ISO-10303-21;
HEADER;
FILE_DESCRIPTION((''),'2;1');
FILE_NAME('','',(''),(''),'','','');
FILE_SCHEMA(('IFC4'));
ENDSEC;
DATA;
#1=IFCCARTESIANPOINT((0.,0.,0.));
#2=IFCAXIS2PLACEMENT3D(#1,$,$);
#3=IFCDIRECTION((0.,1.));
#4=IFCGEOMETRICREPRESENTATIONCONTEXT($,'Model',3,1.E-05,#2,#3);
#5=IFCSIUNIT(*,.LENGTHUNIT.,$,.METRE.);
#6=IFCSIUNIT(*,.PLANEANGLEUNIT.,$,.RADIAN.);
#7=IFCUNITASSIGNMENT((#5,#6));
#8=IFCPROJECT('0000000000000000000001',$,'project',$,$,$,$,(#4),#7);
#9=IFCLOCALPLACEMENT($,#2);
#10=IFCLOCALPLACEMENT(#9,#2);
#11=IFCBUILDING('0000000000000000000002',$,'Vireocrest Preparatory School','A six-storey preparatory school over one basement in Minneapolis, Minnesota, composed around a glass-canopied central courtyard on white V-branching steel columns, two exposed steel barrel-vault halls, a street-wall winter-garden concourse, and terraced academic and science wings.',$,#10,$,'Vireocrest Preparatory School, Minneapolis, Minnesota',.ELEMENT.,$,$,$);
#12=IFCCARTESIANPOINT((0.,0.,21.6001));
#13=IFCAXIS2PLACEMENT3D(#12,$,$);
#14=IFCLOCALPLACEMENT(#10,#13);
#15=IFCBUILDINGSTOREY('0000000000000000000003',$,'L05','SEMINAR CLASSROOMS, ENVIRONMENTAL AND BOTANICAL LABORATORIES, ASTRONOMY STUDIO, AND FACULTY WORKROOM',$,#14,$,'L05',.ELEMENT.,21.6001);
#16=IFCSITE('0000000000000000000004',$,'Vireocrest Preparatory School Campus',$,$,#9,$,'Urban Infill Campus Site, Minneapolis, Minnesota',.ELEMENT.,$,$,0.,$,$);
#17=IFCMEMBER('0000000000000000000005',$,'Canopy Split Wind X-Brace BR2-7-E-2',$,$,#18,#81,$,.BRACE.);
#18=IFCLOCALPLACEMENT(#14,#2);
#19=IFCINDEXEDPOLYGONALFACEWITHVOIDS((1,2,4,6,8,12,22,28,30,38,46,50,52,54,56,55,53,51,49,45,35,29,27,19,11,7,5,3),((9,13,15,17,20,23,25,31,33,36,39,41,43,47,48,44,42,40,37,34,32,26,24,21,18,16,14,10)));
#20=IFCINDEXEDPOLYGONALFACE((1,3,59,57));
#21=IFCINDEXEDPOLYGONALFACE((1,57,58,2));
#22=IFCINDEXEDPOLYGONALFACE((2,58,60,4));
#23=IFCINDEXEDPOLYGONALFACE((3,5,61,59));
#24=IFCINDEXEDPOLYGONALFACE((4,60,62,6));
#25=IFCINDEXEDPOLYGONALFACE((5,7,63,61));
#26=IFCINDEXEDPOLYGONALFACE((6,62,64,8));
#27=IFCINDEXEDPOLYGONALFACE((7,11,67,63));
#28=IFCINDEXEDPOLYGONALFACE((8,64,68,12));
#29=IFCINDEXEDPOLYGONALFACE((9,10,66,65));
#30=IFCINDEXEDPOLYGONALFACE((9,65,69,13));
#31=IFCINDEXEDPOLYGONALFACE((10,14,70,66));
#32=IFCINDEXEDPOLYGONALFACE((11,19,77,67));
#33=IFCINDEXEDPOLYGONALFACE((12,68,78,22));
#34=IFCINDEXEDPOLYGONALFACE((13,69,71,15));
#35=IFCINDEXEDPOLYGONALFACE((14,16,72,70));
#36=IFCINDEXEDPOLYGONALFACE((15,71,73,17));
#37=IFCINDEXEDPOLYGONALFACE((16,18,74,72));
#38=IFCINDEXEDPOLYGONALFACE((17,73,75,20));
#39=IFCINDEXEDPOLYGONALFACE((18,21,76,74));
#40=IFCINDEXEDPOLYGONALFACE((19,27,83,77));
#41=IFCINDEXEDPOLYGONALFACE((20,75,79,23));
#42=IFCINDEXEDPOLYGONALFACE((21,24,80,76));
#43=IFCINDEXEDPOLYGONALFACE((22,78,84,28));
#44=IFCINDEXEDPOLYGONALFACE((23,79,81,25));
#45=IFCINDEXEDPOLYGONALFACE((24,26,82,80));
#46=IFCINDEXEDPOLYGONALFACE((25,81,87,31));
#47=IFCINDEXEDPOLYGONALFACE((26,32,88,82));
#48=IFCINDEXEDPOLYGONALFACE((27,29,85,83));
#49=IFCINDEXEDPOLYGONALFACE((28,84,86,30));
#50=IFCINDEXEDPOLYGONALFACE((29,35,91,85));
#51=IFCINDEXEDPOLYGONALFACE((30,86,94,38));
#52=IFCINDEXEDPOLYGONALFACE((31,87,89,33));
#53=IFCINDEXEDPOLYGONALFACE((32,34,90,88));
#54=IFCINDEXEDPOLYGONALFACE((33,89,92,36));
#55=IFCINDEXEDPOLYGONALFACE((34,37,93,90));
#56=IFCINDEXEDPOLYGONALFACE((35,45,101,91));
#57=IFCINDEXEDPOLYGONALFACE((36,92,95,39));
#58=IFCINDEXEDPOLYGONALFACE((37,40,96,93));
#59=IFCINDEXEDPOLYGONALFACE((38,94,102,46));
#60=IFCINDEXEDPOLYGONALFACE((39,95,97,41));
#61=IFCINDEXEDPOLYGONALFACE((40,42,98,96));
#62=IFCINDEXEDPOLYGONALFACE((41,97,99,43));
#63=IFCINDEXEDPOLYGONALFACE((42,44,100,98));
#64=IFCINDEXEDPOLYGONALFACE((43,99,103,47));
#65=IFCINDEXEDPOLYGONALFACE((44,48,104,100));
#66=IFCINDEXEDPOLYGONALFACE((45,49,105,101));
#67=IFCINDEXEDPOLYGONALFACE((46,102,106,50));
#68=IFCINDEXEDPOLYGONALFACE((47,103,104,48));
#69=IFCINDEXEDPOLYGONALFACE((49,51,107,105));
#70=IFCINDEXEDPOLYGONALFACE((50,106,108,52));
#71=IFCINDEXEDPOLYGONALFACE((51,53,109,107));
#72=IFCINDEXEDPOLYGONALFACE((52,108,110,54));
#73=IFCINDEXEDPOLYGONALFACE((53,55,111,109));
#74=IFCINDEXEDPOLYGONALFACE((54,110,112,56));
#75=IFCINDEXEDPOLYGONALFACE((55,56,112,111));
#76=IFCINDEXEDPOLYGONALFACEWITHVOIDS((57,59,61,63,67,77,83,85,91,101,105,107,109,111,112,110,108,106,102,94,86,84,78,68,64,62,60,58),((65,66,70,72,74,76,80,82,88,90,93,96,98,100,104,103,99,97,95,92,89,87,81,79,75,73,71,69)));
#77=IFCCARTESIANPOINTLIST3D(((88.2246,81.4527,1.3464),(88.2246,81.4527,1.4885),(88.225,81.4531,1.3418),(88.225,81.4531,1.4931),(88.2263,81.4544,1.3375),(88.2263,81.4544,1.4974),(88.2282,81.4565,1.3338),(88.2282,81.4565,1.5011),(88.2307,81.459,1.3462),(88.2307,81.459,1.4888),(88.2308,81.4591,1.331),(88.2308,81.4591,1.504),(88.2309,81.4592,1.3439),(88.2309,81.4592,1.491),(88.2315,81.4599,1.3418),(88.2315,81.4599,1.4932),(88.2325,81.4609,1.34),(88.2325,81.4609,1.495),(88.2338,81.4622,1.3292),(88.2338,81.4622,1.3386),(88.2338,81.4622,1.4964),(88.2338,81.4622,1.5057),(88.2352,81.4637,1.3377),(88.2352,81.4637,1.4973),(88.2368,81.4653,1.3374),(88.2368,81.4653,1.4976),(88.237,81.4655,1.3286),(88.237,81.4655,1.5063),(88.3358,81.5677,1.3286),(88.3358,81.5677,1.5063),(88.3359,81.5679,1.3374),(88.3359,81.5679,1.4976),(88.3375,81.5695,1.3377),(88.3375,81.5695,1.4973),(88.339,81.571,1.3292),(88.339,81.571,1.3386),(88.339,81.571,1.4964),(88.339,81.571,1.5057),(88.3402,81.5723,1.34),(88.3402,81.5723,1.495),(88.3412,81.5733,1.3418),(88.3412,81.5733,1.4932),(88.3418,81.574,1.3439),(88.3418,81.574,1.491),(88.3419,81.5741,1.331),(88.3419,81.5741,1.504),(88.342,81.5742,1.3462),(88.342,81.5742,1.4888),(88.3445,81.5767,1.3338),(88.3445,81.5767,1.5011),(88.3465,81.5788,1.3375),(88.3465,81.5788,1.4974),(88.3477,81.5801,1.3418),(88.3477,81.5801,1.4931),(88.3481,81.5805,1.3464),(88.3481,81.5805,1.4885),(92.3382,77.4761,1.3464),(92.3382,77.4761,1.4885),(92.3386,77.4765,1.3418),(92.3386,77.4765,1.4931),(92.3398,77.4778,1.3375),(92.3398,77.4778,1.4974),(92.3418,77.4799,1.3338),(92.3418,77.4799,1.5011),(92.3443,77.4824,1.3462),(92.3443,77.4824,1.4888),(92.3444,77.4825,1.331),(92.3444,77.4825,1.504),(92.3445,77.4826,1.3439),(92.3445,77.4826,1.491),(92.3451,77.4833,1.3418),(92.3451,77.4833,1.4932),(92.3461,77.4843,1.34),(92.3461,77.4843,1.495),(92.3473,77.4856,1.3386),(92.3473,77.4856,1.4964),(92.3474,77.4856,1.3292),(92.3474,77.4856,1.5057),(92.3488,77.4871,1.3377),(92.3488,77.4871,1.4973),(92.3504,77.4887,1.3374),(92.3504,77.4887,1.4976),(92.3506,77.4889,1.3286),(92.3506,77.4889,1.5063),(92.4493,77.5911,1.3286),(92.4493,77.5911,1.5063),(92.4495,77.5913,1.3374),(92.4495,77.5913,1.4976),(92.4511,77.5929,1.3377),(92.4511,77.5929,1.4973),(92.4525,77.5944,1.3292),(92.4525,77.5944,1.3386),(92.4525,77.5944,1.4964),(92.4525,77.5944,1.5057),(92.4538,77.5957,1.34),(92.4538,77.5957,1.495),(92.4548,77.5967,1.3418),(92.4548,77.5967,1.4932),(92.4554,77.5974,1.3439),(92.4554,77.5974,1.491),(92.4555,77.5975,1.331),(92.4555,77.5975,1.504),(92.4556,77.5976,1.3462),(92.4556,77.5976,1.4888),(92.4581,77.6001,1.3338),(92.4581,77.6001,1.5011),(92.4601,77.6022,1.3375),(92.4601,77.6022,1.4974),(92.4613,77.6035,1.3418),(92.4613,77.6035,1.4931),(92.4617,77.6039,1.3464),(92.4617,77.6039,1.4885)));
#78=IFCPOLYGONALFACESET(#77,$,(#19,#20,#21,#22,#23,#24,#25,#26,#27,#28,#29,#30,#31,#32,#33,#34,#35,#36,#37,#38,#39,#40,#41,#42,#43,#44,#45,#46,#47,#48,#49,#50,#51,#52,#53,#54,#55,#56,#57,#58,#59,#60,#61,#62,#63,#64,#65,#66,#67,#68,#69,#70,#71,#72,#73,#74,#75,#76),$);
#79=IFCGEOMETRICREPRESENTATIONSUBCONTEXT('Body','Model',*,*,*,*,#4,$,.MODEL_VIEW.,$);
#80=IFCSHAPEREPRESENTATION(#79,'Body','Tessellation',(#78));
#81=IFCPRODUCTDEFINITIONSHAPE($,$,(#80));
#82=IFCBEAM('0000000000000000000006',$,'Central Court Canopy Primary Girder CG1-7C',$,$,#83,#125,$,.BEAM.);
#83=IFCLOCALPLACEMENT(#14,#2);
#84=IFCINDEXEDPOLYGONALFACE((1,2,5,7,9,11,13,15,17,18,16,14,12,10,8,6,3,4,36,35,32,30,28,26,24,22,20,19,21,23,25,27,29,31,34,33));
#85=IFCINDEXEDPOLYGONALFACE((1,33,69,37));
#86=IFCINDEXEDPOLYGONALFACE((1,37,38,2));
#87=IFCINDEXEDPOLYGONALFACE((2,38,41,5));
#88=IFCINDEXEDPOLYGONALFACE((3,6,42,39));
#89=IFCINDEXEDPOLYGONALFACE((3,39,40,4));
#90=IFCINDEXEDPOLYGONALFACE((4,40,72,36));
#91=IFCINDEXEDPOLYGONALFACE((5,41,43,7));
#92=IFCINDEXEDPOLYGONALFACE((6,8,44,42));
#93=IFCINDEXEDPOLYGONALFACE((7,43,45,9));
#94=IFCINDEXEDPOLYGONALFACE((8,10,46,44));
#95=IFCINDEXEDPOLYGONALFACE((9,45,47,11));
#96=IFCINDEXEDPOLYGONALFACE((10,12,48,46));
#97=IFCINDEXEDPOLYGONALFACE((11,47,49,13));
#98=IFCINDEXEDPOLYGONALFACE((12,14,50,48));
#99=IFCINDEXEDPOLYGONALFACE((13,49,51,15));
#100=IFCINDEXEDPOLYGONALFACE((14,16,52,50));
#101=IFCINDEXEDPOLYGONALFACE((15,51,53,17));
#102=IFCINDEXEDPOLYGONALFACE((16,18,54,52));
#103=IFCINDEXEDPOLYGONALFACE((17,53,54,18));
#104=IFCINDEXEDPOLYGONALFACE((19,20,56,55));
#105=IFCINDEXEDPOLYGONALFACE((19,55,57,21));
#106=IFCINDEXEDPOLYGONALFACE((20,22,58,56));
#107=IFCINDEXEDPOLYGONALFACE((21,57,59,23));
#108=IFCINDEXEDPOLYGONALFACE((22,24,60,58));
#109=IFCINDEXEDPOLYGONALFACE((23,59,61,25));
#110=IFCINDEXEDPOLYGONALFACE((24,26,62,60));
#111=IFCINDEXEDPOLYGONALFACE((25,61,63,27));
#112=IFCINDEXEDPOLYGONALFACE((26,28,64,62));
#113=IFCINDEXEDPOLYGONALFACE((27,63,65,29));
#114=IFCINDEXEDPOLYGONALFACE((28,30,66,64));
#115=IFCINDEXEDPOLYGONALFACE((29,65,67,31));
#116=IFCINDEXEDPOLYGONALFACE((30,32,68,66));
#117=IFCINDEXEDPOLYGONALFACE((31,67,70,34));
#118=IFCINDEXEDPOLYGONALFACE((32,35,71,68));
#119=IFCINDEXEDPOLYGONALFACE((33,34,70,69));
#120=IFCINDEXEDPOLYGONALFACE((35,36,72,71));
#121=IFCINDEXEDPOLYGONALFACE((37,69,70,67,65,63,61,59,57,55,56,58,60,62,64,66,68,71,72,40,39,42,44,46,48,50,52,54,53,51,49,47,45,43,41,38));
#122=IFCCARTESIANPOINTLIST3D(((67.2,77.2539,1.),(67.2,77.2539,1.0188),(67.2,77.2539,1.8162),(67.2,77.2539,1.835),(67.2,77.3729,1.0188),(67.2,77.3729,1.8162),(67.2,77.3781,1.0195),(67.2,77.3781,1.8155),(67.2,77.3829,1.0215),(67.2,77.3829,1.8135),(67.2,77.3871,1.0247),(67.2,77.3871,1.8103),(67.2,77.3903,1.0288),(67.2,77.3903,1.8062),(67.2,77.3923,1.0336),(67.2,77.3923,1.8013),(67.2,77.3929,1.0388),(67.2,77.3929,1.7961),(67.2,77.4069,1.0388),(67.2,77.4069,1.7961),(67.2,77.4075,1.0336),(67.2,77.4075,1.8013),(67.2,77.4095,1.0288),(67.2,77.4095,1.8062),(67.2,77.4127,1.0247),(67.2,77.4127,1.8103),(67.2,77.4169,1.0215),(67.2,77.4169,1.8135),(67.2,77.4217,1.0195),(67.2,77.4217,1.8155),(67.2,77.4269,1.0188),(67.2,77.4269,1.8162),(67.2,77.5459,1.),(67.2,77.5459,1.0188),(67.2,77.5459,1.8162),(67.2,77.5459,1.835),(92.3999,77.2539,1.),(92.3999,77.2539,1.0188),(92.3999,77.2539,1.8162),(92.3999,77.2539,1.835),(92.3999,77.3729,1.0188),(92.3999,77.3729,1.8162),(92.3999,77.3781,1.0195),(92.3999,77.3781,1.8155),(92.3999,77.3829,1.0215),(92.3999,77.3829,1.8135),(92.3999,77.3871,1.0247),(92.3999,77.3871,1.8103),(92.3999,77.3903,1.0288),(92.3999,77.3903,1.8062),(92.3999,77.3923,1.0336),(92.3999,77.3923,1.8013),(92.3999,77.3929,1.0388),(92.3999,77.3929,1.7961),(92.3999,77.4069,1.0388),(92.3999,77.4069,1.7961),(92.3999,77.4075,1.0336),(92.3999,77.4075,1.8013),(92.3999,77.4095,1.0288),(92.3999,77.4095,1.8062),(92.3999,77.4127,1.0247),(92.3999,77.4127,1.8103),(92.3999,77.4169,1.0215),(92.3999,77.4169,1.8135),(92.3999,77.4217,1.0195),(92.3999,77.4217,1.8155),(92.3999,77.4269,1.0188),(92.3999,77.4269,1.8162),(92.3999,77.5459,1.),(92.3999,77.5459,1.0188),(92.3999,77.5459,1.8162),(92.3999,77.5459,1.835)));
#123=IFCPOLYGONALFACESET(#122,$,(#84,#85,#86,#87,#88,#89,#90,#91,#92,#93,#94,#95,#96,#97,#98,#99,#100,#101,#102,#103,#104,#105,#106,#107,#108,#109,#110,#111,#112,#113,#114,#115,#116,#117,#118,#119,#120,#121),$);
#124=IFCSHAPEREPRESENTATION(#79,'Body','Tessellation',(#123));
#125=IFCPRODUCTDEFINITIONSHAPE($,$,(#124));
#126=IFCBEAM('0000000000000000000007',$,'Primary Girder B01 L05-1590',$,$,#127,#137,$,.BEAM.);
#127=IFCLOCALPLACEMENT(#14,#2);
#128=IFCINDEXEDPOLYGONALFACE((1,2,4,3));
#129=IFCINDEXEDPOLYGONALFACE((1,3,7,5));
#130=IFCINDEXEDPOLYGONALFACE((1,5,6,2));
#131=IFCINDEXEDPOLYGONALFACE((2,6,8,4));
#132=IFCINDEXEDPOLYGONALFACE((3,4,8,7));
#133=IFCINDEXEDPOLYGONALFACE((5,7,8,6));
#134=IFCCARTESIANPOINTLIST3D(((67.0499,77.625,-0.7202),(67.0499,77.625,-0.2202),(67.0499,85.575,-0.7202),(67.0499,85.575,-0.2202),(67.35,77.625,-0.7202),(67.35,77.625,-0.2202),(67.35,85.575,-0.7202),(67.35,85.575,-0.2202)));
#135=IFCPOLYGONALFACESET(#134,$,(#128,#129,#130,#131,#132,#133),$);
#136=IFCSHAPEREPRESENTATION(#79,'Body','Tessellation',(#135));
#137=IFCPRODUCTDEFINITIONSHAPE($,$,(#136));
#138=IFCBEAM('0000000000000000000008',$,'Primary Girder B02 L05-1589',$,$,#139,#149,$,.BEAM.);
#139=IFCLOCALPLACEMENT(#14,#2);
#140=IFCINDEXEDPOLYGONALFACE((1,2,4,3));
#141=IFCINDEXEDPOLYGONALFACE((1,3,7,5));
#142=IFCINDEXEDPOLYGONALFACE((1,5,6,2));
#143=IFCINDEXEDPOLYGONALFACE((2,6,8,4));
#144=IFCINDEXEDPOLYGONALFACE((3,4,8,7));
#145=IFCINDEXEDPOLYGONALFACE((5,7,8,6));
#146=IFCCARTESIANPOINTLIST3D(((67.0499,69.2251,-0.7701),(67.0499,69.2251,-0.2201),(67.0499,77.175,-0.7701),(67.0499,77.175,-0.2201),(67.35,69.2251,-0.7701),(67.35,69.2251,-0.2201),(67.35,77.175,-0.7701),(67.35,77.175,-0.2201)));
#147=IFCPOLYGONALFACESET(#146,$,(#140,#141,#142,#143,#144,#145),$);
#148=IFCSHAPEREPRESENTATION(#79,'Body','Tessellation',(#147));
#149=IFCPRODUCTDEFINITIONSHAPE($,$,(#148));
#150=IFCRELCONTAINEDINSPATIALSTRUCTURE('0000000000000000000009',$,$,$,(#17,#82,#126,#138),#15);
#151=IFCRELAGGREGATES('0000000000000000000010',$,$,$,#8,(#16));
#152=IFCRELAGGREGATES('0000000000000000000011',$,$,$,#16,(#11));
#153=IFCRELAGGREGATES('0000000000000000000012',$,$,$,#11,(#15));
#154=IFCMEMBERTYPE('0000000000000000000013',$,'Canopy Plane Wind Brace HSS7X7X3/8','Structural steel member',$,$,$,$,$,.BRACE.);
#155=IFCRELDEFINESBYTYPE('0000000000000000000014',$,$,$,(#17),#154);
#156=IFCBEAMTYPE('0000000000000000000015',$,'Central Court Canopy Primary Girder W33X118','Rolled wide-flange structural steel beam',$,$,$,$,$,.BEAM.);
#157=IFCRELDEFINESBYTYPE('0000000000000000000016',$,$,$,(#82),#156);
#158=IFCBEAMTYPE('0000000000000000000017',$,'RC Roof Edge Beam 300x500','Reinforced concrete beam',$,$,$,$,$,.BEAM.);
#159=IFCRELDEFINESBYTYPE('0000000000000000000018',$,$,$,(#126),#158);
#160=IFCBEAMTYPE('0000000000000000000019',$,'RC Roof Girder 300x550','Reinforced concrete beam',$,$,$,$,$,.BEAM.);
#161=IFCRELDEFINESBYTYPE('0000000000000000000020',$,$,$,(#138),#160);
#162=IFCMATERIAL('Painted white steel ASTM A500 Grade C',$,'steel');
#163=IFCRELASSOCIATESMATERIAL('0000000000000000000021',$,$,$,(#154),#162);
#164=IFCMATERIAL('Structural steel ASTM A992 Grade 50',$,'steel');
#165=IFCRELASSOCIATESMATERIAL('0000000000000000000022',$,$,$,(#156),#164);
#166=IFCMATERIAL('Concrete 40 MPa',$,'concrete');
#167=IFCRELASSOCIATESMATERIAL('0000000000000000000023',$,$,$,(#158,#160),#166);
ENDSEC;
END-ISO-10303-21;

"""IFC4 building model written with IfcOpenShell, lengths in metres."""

from ifc_helpers import new_model, si_unit, direction, frame, origin, origin_2d, place, context, subcontext, project, spatial, rectangle, hollow_rectangle, i_section, extrude, material, material_profile, profile_set, type_object, element, save


model = new_model("IFC4")

# Units and contexts
model_context = context("Model", 3, precision=1e-05, world=origin(), true_north=direction((0.0, 1.0)))
body_context = subcontext(model_context, "Body", "Model", "MODEL_VIEW")
ifc_project = project(units=[si_unit("LENGTHUNIT", "METRE"), si_unit("PLANEANGLEUNIT", "RADIAN")], contexts=[model_context])

# Site, building, storey
site_placement = place(None, origin())
site = spatial("IfcSite", under=ifc_project, at=site_placement, Name="Vireocrest Preparatory School Campus", LongName="Urban Infill Campus Site, Minneapolis, Minnesota", CompositionType="ELEMENT", RefElevation=0.0)
building_placement = place(site_placement, origin())
building = spatial("IfcBuilding", under=site, at=building_placement, Name="Vireocrest Preparatory School", Description="A six-storey preparatory school over one basement in Minneapolis, Minnesota, composed around a glass-canopied central courtyard on white V-branching steel columns, two exposed steel barrel-vault halls, a street-wall winter-garden concourse, and terraced academic and science wings.", LongName="Vireocrest Preparatory School, Minneapolis, Minnesota", CompositionType="ELEMENT")
storey_placement = place(building_placement, frame((0.0, 0.0, 21.6001)))
storey = spatial("IfcBuildingStorey", under=building, at=storey_placement, Name="L05", Description="SEMINAR CLASSROOMS, ENVIRONMENTAL AND BOTANICAL LABORATORIES, ASTRONOMY STUDIO, AND FACULTY WORKROOM", LongName="L05", CompositionType="ELEMENT", Elevation=21.6001)

# Shared definitions
ifc_material_1 = material(Name="Structural steel ASTM A992 Grade 50", Category="steel")

# Member
ifc_material_2 = material(Name="Painted white steel ASTM A500 Grade C", Category="steel")
ifc_material_profile_1 = material_profile(ifc_material_2, hollow_rectangle(XDim=0.1777, YDim=0.1777, WallThickness=0.0088, InnerFilletRadius=0.0088, OuterFilletRadius=0.0178, at=origin_2d()), Name="HSS7X7X3/8")
ifc_profile_set_1 = profile_set([ifc_material_profile_1], Name="Painted white steel ASTM A500 Grade C")
member_type_1 = type_object("IfcMemberType", Name="Canopy Plane Wind Brace HSS7X7X3/8", Description="Structural steel member", PredefinedType="BRACE", material=ifc_profile_set_1)
member_1_placement = place(storey_placement, frame((88.2864, 81.5166, 1.4175), z_axis=(0.718975, -0.695036, 0.0), x_axis=(0.695036, 0.718975, 0.0)))
element("IfcMember", 1, at=member_1_placement, inside=storey, type_object=member_type_1, Name="Canopy Split Wind X-Brace BR2-7-E-2", PredefinedType="BRACE", context=body_context, shape_type="SweptSolid", body=[
    extrude(hollow_rectangle(XDim=0.1777, YDim=0.1777, WallThickness=0.0088, InnerFilletRadius=0.0088, OuterFilletRadius=0.0178, at=origin_2d()), origin(), (0.0, 0.0, 1.0), 5.7214),
])

# Beams
ifc_material_profile_2 = material_profile(ifc_material_1, i_section(OverallWidth=0.292, OverallDepth=0.835, WebThickness=0.0139, FlangeThickness=0.0188, FilletRadius=0.02, at=origin_2d()), Name="W33X118")
ifc_profile_set_2 = profile_set([ifc_material_profile_2], Name="Structural steel ASTM A992 Grade 50")
beam_type_1 = type_object("IfcBeamType", Name="Central Court Canopy Primary Girder W33X118", Description="Rolled wide-flange structural steel beam", PredefinedType="BEAM", material=ifc_profile_set_2)
beam_1_placement = place(storey_placement, frame((67.2, 77.3999, 1.4175), z_axis=(1.0, 0.0, 0.0), x_axis=(0.0, 1.0, 0.0)))
element("IfcBeam", 2, at=beam_1_placement, inside=storey, type_object=beam_type_1, Name="Central Court Canopy Primary Girder CG1-7C", PredefinedType="BEAM", context=body_context, shape_type="SweptSolid", body=[
    extrude(i_section(OverallWidth=0.292, OverallDepth=0.835, WebThickness=0.0139, FlangeThickness=0.0188, FilletRadius=0.02, at=origin_2d()), origin(), (0.0, 0.0, 1.0), 25.2),
])
ifc_material_3 = material(Name="Concrete 40 MPa", Category="concrete")
ifc_material_profile_3 = material_profile(ifc_material_3, rectangle(XDim=0.3, YDim=0.5, at=origin_2d()), Name="RC 300x500")
ifc_profile_set_3 = profile_set([ifc_material_profile_3], Name="Concrete 40 MPa")
beam_type_2 = type_object("IfcBeamType", Name="RC Roof Edge Beam 300x500", Description="Reinforced concrete beam", PredefinedType="BEAM", material=ifc_profile_set_3)
beam_2_placement = place(storey_placement, frame((67.2, 77.625, -0.4702), z_axis=(0.0, 1.0, 0.0), x_axis=(-1.0, 0.0, 0.0)))
element("IfcBeam", 3, at=beam_2_placement, inside=storey, type_object=beam_type_2, Name="Primary Girder B01 L05-1590", PredefinedType="BEAM", context=body_context, shape_type="SweptSolid", body=[
    extrude(rectangle(XDim=0.3, YDim=0.5, at=origin_2d()), origin(), (0.0, 0.0, 1.0), 7.95),
])
ifc_material_profile_4 = material_profile(ifc_material_3, rectangle(XDim=0.3, YDim=0.55, at=origin_2d()), Name="RC 300x550")
ifc_profile_set_4 = profile_set([ifc_material_profile_4], Name="Concrete 40 MPa")
beam_type_3 = type_object("IfcBeamType", Name="RC Roof Girder 300x550", Description="Reinforced concrete beam", PredefinedType="BEAM", material=ifc_profile_set_4)
beam_3_placement = place(storey_placement, frame((67.2, 69.2251, -0.4951), z_axis=(0.0, 1.0, 0.0), x_axis=(-1.0, 0.0, 0.0)))
element("IfcBeam", 4, at=beam_3_placement, inside=storey, type_object=beam_type_3, Name="Primary Girder B02 L05-1589", PredefinedType="BEAM", context=body_context, shape_type="SweptSolid", body=[
    extrude(rectangle(XDim=0.3, YDim=0.55, at=origin_2d()), origin(), (0.0, 0.0, 1.0), 7.95),
])

save(model, "model.ifc")
